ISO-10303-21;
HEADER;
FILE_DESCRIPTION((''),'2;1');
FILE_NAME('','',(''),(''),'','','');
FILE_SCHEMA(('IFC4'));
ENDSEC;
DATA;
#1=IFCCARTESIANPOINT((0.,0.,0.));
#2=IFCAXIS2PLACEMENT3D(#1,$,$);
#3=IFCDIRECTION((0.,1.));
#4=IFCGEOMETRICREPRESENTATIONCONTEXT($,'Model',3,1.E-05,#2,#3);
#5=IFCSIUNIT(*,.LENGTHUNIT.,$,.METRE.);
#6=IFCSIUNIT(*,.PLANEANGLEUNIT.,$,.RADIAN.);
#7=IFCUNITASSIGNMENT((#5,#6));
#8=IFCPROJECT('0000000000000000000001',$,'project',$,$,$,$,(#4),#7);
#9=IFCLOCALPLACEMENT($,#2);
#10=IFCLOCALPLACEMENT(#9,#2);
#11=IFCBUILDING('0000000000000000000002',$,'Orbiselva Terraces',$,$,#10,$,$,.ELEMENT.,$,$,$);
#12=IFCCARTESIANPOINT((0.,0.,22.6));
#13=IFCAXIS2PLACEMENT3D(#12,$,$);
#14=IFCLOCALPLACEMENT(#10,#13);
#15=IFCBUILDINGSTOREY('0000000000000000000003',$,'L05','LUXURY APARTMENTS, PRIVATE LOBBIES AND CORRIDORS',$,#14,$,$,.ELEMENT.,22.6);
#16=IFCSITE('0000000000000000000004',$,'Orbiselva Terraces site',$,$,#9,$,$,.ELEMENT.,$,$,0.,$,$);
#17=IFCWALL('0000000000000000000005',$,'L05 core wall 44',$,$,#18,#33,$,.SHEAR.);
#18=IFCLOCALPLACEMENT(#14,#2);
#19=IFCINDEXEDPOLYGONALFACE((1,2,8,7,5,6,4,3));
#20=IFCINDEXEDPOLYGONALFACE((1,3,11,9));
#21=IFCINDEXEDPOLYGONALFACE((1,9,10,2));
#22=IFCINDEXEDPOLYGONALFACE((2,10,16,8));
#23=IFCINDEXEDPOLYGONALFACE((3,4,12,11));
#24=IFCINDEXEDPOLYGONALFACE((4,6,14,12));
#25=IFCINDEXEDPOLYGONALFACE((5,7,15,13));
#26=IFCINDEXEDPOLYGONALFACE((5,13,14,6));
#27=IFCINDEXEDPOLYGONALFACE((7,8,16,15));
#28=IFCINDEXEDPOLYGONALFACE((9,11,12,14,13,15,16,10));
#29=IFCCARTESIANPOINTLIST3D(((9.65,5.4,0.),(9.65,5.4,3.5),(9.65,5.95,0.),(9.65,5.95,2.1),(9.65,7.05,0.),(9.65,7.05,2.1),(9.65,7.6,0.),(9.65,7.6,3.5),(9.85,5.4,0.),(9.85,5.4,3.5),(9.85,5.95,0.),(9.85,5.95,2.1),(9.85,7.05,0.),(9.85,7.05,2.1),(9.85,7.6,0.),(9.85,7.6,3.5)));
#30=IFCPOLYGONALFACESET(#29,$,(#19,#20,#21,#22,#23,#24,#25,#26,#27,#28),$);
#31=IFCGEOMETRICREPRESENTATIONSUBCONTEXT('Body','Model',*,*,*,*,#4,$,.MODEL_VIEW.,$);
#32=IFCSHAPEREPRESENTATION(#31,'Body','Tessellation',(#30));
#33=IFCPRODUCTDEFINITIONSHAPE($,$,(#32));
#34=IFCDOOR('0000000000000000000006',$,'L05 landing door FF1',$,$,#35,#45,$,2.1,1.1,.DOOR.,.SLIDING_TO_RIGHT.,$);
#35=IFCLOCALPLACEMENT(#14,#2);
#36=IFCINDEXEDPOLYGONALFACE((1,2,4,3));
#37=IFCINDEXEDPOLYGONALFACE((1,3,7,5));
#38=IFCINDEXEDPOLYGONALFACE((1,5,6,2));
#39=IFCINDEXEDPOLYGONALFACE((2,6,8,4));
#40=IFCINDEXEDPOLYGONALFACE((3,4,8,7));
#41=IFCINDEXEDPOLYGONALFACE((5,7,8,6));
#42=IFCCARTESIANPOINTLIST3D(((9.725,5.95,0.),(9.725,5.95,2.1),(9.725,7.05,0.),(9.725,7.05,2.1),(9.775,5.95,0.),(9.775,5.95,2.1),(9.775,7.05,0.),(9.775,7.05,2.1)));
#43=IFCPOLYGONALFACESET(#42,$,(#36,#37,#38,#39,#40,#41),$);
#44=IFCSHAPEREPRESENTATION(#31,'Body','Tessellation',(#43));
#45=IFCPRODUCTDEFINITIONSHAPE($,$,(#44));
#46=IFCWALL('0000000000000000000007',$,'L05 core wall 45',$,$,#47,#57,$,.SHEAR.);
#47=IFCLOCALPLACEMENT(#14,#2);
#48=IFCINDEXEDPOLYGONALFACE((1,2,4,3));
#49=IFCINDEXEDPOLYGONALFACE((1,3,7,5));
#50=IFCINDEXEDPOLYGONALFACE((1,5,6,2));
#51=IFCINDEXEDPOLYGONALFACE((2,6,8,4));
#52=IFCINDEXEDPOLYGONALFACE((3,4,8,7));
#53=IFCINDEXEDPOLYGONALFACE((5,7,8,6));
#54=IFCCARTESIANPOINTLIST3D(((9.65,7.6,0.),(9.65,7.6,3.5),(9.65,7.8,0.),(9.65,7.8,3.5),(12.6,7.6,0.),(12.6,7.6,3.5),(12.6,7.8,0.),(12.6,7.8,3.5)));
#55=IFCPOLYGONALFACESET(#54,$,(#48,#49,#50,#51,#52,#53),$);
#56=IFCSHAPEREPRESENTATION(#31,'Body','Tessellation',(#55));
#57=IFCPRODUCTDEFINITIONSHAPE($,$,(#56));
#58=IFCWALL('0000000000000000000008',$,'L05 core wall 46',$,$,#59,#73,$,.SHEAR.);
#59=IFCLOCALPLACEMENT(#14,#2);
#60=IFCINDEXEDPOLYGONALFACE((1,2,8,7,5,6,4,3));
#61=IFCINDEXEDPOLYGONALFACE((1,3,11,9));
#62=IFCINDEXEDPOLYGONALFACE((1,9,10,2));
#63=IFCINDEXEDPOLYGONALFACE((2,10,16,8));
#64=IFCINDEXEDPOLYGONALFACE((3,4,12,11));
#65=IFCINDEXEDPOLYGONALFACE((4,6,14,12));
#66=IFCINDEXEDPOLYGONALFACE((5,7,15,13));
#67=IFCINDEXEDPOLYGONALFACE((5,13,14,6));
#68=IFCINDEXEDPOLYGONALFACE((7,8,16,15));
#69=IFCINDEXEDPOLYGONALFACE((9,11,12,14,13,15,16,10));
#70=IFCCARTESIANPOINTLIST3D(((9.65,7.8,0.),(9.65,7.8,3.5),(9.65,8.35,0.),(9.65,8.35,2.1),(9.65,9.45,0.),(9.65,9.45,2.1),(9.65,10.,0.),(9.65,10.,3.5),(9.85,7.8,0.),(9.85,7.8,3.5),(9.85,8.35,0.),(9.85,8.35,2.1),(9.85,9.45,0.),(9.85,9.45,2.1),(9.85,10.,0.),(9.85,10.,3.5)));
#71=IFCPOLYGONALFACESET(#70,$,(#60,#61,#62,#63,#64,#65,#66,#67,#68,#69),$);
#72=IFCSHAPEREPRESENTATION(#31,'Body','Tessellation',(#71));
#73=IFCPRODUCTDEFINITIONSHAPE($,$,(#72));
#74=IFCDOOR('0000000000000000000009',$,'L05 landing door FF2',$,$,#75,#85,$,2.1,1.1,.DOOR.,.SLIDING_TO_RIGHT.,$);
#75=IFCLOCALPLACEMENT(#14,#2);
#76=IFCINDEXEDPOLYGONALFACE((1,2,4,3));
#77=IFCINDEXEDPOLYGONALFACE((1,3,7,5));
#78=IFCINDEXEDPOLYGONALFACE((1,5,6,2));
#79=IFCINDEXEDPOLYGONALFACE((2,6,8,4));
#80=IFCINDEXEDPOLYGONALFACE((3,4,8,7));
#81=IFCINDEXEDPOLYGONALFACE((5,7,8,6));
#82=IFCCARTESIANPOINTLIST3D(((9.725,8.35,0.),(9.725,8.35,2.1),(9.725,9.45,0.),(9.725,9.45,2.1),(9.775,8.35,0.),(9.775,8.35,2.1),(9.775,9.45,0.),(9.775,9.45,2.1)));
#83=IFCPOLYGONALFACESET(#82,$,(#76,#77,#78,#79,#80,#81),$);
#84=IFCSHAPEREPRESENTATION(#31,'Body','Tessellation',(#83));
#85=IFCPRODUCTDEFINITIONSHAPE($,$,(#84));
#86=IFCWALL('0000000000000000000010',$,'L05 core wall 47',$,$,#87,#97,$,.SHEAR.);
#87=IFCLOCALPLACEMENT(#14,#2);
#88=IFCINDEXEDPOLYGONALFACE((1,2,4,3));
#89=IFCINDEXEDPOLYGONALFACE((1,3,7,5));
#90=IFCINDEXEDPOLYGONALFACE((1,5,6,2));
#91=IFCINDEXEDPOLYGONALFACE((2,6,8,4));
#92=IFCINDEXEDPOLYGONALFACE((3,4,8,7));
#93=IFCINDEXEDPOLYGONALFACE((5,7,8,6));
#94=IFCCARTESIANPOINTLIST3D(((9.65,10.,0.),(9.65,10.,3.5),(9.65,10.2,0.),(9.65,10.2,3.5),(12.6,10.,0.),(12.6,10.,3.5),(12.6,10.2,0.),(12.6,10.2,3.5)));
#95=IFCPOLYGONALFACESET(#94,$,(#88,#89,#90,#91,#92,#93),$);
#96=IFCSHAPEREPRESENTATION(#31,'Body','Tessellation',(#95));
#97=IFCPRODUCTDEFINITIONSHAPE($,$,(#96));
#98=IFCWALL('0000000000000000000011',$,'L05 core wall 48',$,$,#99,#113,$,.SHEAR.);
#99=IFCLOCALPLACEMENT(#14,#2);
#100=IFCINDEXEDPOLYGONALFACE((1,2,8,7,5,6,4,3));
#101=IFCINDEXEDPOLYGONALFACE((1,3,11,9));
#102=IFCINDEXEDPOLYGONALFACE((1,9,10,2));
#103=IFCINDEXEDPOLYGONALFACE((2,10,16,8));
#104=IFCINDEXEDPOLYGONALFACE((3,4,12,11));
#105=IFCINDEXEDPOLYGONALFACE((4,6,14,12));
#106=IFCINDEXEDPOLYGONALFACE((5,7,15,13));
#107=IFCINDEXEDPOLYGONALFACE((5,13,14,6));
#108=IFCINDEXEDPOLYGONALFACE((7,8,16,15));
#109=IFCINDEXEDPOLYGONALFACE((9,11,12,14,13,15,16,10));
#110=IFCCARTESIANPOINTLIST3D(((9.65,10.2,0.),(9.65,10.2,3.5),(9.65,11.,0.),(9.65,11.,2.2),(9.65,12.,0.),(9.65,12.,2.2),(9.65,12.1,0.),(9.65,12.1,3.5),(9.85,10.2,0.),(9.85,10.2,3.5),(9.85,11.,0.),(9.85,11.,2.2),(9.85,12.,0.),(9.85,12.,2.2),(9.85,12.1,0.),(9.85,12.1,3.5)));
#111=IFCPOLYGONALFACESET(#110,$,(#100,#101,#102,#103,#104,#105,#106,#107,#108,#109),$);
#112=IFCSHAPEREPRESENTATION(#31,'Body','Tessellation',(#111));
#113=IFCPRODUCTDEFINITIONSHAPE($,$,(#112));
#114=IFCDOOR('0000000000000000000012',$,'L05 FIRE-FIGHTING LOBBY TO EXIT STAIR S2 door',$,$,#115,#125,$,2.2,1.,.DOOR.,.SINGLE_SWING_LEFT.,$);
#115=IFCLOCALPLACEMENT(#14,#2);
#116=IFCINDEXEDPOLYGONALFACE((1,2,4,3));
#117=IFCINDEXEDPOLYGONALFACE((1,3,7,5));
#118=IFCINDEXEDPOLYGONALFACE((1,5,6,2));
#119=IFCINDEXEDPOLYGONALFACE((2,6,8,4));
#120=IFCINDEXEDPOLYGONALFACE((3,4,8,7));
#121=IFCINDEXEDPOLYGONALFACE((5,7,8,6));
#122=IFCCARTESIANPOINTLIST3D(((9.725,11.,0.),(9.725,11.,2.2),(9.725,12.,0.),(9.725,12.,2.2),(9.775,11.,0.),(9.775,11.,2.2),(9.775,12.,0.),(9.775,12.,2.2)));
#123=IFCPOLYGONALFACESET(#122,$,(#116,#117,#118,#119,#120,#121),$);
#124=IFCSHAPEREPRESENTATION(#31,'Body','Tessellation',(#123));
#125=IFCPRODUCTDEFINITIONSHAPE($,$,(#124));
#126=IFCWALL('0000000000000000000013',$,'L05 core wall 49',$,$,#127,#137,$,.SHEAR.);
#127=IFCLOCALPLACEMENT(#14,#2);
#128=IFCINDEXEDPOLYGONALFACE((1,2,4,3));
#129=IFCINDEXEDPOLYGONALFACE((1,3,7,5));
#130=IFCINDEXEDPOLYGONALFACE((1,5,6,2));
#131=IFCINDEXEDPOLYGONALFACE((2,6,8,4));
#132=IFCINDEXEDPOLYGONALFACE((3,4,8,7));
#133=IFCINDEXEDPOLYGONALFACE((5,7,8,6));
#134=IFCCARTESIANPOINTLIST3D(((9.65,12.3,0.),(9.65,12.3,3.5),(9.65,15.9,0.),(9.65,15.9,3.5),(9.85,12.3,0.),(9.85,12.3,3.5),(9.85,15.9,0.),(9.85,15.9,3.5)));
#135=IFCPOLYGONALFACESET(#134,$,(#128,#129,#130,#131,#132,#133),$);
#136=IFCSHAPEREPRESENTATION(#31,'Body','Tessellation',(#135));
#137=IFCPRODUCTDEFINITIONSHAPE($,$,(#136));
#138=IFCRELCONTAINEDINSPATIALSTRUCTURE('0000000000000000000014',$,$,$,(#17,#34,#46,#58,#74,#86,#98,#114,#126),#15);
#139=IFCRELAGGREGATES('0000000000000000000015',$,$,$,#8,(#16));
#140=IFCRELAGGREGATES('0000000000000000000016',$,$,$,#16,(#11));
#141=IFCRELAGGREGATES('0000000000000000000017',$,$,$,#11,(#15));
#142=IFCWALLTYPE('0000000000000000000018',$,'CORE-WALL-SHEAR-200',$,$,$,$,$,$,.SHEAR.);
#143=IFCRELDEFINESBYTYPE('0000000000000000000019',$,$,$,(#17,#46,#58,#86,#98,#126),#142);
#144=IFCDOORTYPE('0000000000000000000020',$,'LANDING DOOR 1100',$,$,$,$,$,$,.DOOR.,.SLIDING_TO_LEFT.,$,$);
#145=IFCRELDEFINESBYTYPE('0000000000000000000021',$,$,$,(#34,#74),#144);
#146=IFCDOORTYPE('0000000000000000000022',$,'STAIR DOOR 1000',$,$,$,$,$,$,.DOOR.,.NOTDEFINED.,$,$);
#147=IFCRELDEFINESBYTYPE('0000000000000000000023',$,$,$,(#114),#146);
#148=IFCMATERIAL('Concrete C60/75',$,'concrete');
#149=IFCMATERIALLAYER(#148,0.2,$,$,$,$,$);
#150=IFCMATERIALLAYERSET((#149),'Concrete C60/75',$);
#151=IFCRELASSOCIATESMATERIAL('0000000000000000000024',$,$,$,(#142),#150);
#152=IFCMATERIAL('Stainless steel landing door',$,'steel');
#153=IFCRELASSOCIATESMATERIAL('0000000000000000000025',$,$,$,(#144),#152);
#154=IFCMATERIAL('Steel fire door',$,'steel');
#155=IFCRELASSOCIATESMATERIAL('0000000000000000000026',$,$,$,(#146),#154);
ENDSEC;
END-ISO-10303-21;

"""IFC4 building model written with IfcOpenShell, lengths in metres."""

from ifc_helpers import new_model, si_unit, direction, frame, frame_2d, origin, place, context, subcontext, project, spatial, rectangle, extrude, material, layer, layer_set, type_object, element, fill, save


model = new_model("IFC4")

# Units and contexts
model_context = context("Model", 3, precision=1e-05, world=origin(), true_north=direction((0.0, 1.0)))
body_context = subcontext(model_context, "Body", "Model", "MODEL_VIEW")
ifc_project = project(units=[si_unit("LENGTHUNIT", "METRE"), si_unit("PLANEANGLEUNIT", "RADIAN")], contexts=[model_context])

# Site, building, storey
site_placement = place(None, origin())
site = spatial("IfcSite", under=ifc_project, at=site_placement, Name="Orbiselva Terraces site", CompositionType="ELEMENT", RefElevation=0.0)
building_placement = place(site_placement, origin())
building = spatial("IfcBuilding", under=site, at=building_placement, Name="Orbiselva Terraces", CompositionType="ELEMENT")
storey_placement = place(building_placement, frame((0.0, 0.0, 22.6)))
storey = spatial("IfcBuildingStorey", under=building, at=storey_placement, Name="L05", Description="LUXURY APARTMENTS, PRIVATE LOBBIES AND CORRIDORS", CompositionType="ELEMENT", Elevation=22.6)

# Shared definitions
ifc_material_1 = material(Name="Steel fire door", Category="steel")

# Shared definitions
ifc_material_2 = material(Name="Concrete C60/75", Category="concrete")
ifc_layer_1 = layer(ifc_material_2, 0.2)
ifc_layer_set_1 = layer_set([ifc_layer_1], Name="Concrete C60/75")
wall_type_1 = type_object("IfcWallType", Name="CORE-WALL-SHEAR-200", PredefinedType="SHEAR", material=ifc_layer_set_1)

# Wall, opening, door
wall_1_placement = place(storey_placement, frame((9.75, 5.4, 0.0), z_axis=(0.0, 0.0, 1.0), x_axis=(0.0, 1.0, 0.0)))
wall_1 = element("IfcWall", 1, at=wall_1_placement, inside=storey, type_object=wall_type_1, Name="L05 core wall 44", PredefinedType="SHEAR", context=body_context, shape_type="SweptSolid", body=[
    extrude(rectangle(XDim=2.2, YDim=0.2, at=frame_2d((1.1, 0.0))), origin(), (0.0, 0.0, 1.0), 3.5),
])
opening_1_placement = place(wall_1_placement, frame((0.55, 0.0, 0.0)))
opening_1 = element("IfcOpeningElement", 2, at=opening_1_placement, cuts=wall_1, PredefinedType="OPENING", context=body_context, shape_type="SweptSolid", body=[
    extrude(rectangle(XDim=1.1, YDim=2.1, at=frame_2d((0.55, 1.05))), frame((0.0, 0.11, 0.0), z_axis=(0.0, -1.0, 0.0), x_axis=(1.0, 0.0, 0.0)), (0.0, 0.0, 1.0), 0.22),
])
ifc_material_3 = material(Name="Stainless steel landing door", Category="steel")
door_type_1 = type_object("IfcDoorType", Name="LANDING DOOR 1100", OperationType="SLIDING_TO_LEFT", PredefinedType="DOOR", material=ifc_material_3)
door_1_placement = place(opening_1_placement, origin())
door_1 = element("IfcDoor", 3, at=door_1_placement, inside=storey, type_object=door_type_1, Name="L05 landing door FF1", OperationType="SLIDING_TO_RIGHT", OverallHeight=2.1, OverallWidth=1.1, PredefinedType="DOOR", context=body_context, shape_type="SweptSolid", body=[
    extrude(rectangle(XDim=1.1, YDim=2.1, at=frame_2d((0.55, 1.05))), frame((0.0, 0.025, 0.0), z_axis=(0.0, -1.0, 0.0), x_axis=(1.0, 0.0, 0.0)), (0.0, 0.0, 1.0), 0.05),
])
fill(opening_1, door_1)

# Wall
wall_2_placement = place(storey_placement, frame((9.65, 7.7, 0.0), z_axis=(0.0, 0.0, 1.0), x_axis=(1.0, 0.0, 0.0)))
element("IfcWall", 4, at=wall_2_placement, inside=storey, type_object=wall_type_1, Name="L05 core wall 45", PredefinedType="SHEAR", context=body_context, shape_type="SweptSolid", body=[
    extrude(rectangle(XDim=2.95, YDim=0.2, at=frame_2d((1.475, 0.0))), origin(), (0.0, 0.0, 1.0), 3.5),
])

# Wall, opening, door
wall_3_placement = place(storey_placement, frame((9.75, 7.8, 0.0), z_axis=(0.0, 0.0, 1.0), x_axis=(0.0, 1.0, 0.0)))
wall_3 = element("IfcWall", 5, at=wall_3_placement, inside=storey, type_object=wall_type_1, Name="L05 core wall 46", PredefinedType="SHEAR", context=body_context, shape_type="SweptSolid", body=[
    extrude(rectangle(XDim=2.2, YDim=0.2, at=frame_2d((1.1, 0.0))), origin(), (0.0, 0.0, 1.0), 3.5),
])
opening_2_placement = place(wall_3_placement, frame((0.55, 0.0, 0.0)))
opening_2 = element("IfcOpeningElement", 6, at=opening_2_placement, cuts=wall_3, PredefinedType="OPENING", context=body_context, shape_type="SweptSolid", body=[
    extrude(rectangle(XDim=1.1, YDim=2.1, at=frame_2d((0.55, 1.05))), frame((0.0, 0.11, 0.0), z_axis=(0.0, -1.0, 0.0), x_axis=(1.0, 0.0, 0.0)), (0.0, 0.0, 1.0), 0.22),
])
door_2_placement = place(opening_2_placement, origin())
door_2 = element("IfcDoor", 7, at=door_2_placement, inside=storey, type_object=door_type_1, Name="L05 landing door FF2", OperationType="SLIDING_TO_RIGHT", OverallHeight=2.1, OverallWidth=1.1, PredefinedType="DOOR", context=body_context, shape_type="SweptSolid", body=[
    extrude(rectangle(XDim=1.1, YDim=2.1, at=frame_2d((0.55, 1.05))), frame((0.0, 0.025, 0.0), z_axis=(0.0, -1.0, 0.0), x_axis=(1.0, 0.0, 0.0)), (0.0, 0.0, 1.0), 0.05),
])
fill(opening_2, door_2)

# Wall
wall_4_placement = place(storey_placement, frame((9.65, 10.1, 0.0), z_axis=(0.0, 0.0, 1.0), x_axis=(1.0, 0.0, 0.0)))
element("IfcWall", 8, at=wall_4_placement, inside=storey, type_object=wall_type_1, Name="L05 core wall 47", PredefinedType="SHEAR", context=body_context, shape_type="SweptSolid", body=[
    extrude(rectangle(XDim=2.95, YDim=0.2, at=frame_2d((1.475, 0.0))), origin(), (0.0, 0.0, 1.0), 3.5),
])

# Wall, opening, door
wall_5_placement = place(storey_placement, frame((9.75, 12.1, 0.0), z_axis=(0.0, 0.0, 1.0), x_axis=(0.0, -1.0, 0.0)))
wall_5 = element("IfcWall", 9, at=wall_5_placement, inside=storey, type_object=wall_type_1, Name="L05 core wall 48", PredefinedType="SHEAR", context=body_context, shape_type="SweptSolid", body=[
    extrude(rectangle(XDim=1.9, YDim=0.2, at=frame_2d((0.95, 0.0))), origin(), (0.0, 0.0, 1.0), 3.5),
])
opening_3_placement = place(wall_5_placement, frame((0.1, 0.0, 0.0)))
opening_3 = element("IfcOpeningElement", 10, at=opening_3_placement, cuts=wall_5, PredefinedType="OPENING", context=body_context, shape_type="SweptSolid", body=[
    extrude(rectangle(XDim=1.0, YDim=2.2, at=frame_2d((0.5, 1.1))), frame((0.0, 0.11, 0.0), z_axis=(0.0, -1.0, 0.0), x_axis=(1.0, 0.0, 0.0)), (0.0, 0.0, 1.0), 0.22),
])
door_type_2 = type_object("IfcDoorType", Name="STAIR DOOR 1000", OperationType="NOTDEFINED", PredefinedType="DOOR", material=ifc_material_1)
door_3_placement = place(opening_3_placement, origin())
door_3 = element("IfcDoor", 11, at=door_3_placement, inside=storey, type_object=door_type_2, Name="L05 FIRE-FIGHTING LOBBY TO EXIT STAIR S2 door", OperationType="SINGLE_SWING_LEFT", OverallHeight=2.2, OverallWidth=1.0, PredefinedType="DOOR", context=body_context, shape_type="SweptSolid", body=[
    extrude(rectangle(XDim=1.0, YDim=2.2, at=frame_2d((0.5, 1.1))), frame((0.0, 0.025, 0.0), z_axis=(0.0, -1.0, 0.0), x_axis=(1.0, 0.0, 0.0)), (0.0, 0.0, 1.0), 0.05),
])
fill(opening_3, door_3)

# Wall
wall_6_placement = place(storey_placement, frame((9.75, 12.3, 0.0), z_axis=(0.0, 0.0, 1.0), x_axis=(0.0, 1.0, 0.0)))
element("IfcWall", 12, at=wall_6_placement, inside=storey, type_object=wall_type_1, Name="L05 core wall 49", PredefinedType="SHEAR", context=body_context, shape_type="SweptSolid", body=[
    extrude(rectangle(XDim=3.6, YDim=0.2, at=frame_2d((1.8, 0.0))), origin(), (0.0, 0.0, 1.0), 3.5),
])

save(model, "model.ifc")
